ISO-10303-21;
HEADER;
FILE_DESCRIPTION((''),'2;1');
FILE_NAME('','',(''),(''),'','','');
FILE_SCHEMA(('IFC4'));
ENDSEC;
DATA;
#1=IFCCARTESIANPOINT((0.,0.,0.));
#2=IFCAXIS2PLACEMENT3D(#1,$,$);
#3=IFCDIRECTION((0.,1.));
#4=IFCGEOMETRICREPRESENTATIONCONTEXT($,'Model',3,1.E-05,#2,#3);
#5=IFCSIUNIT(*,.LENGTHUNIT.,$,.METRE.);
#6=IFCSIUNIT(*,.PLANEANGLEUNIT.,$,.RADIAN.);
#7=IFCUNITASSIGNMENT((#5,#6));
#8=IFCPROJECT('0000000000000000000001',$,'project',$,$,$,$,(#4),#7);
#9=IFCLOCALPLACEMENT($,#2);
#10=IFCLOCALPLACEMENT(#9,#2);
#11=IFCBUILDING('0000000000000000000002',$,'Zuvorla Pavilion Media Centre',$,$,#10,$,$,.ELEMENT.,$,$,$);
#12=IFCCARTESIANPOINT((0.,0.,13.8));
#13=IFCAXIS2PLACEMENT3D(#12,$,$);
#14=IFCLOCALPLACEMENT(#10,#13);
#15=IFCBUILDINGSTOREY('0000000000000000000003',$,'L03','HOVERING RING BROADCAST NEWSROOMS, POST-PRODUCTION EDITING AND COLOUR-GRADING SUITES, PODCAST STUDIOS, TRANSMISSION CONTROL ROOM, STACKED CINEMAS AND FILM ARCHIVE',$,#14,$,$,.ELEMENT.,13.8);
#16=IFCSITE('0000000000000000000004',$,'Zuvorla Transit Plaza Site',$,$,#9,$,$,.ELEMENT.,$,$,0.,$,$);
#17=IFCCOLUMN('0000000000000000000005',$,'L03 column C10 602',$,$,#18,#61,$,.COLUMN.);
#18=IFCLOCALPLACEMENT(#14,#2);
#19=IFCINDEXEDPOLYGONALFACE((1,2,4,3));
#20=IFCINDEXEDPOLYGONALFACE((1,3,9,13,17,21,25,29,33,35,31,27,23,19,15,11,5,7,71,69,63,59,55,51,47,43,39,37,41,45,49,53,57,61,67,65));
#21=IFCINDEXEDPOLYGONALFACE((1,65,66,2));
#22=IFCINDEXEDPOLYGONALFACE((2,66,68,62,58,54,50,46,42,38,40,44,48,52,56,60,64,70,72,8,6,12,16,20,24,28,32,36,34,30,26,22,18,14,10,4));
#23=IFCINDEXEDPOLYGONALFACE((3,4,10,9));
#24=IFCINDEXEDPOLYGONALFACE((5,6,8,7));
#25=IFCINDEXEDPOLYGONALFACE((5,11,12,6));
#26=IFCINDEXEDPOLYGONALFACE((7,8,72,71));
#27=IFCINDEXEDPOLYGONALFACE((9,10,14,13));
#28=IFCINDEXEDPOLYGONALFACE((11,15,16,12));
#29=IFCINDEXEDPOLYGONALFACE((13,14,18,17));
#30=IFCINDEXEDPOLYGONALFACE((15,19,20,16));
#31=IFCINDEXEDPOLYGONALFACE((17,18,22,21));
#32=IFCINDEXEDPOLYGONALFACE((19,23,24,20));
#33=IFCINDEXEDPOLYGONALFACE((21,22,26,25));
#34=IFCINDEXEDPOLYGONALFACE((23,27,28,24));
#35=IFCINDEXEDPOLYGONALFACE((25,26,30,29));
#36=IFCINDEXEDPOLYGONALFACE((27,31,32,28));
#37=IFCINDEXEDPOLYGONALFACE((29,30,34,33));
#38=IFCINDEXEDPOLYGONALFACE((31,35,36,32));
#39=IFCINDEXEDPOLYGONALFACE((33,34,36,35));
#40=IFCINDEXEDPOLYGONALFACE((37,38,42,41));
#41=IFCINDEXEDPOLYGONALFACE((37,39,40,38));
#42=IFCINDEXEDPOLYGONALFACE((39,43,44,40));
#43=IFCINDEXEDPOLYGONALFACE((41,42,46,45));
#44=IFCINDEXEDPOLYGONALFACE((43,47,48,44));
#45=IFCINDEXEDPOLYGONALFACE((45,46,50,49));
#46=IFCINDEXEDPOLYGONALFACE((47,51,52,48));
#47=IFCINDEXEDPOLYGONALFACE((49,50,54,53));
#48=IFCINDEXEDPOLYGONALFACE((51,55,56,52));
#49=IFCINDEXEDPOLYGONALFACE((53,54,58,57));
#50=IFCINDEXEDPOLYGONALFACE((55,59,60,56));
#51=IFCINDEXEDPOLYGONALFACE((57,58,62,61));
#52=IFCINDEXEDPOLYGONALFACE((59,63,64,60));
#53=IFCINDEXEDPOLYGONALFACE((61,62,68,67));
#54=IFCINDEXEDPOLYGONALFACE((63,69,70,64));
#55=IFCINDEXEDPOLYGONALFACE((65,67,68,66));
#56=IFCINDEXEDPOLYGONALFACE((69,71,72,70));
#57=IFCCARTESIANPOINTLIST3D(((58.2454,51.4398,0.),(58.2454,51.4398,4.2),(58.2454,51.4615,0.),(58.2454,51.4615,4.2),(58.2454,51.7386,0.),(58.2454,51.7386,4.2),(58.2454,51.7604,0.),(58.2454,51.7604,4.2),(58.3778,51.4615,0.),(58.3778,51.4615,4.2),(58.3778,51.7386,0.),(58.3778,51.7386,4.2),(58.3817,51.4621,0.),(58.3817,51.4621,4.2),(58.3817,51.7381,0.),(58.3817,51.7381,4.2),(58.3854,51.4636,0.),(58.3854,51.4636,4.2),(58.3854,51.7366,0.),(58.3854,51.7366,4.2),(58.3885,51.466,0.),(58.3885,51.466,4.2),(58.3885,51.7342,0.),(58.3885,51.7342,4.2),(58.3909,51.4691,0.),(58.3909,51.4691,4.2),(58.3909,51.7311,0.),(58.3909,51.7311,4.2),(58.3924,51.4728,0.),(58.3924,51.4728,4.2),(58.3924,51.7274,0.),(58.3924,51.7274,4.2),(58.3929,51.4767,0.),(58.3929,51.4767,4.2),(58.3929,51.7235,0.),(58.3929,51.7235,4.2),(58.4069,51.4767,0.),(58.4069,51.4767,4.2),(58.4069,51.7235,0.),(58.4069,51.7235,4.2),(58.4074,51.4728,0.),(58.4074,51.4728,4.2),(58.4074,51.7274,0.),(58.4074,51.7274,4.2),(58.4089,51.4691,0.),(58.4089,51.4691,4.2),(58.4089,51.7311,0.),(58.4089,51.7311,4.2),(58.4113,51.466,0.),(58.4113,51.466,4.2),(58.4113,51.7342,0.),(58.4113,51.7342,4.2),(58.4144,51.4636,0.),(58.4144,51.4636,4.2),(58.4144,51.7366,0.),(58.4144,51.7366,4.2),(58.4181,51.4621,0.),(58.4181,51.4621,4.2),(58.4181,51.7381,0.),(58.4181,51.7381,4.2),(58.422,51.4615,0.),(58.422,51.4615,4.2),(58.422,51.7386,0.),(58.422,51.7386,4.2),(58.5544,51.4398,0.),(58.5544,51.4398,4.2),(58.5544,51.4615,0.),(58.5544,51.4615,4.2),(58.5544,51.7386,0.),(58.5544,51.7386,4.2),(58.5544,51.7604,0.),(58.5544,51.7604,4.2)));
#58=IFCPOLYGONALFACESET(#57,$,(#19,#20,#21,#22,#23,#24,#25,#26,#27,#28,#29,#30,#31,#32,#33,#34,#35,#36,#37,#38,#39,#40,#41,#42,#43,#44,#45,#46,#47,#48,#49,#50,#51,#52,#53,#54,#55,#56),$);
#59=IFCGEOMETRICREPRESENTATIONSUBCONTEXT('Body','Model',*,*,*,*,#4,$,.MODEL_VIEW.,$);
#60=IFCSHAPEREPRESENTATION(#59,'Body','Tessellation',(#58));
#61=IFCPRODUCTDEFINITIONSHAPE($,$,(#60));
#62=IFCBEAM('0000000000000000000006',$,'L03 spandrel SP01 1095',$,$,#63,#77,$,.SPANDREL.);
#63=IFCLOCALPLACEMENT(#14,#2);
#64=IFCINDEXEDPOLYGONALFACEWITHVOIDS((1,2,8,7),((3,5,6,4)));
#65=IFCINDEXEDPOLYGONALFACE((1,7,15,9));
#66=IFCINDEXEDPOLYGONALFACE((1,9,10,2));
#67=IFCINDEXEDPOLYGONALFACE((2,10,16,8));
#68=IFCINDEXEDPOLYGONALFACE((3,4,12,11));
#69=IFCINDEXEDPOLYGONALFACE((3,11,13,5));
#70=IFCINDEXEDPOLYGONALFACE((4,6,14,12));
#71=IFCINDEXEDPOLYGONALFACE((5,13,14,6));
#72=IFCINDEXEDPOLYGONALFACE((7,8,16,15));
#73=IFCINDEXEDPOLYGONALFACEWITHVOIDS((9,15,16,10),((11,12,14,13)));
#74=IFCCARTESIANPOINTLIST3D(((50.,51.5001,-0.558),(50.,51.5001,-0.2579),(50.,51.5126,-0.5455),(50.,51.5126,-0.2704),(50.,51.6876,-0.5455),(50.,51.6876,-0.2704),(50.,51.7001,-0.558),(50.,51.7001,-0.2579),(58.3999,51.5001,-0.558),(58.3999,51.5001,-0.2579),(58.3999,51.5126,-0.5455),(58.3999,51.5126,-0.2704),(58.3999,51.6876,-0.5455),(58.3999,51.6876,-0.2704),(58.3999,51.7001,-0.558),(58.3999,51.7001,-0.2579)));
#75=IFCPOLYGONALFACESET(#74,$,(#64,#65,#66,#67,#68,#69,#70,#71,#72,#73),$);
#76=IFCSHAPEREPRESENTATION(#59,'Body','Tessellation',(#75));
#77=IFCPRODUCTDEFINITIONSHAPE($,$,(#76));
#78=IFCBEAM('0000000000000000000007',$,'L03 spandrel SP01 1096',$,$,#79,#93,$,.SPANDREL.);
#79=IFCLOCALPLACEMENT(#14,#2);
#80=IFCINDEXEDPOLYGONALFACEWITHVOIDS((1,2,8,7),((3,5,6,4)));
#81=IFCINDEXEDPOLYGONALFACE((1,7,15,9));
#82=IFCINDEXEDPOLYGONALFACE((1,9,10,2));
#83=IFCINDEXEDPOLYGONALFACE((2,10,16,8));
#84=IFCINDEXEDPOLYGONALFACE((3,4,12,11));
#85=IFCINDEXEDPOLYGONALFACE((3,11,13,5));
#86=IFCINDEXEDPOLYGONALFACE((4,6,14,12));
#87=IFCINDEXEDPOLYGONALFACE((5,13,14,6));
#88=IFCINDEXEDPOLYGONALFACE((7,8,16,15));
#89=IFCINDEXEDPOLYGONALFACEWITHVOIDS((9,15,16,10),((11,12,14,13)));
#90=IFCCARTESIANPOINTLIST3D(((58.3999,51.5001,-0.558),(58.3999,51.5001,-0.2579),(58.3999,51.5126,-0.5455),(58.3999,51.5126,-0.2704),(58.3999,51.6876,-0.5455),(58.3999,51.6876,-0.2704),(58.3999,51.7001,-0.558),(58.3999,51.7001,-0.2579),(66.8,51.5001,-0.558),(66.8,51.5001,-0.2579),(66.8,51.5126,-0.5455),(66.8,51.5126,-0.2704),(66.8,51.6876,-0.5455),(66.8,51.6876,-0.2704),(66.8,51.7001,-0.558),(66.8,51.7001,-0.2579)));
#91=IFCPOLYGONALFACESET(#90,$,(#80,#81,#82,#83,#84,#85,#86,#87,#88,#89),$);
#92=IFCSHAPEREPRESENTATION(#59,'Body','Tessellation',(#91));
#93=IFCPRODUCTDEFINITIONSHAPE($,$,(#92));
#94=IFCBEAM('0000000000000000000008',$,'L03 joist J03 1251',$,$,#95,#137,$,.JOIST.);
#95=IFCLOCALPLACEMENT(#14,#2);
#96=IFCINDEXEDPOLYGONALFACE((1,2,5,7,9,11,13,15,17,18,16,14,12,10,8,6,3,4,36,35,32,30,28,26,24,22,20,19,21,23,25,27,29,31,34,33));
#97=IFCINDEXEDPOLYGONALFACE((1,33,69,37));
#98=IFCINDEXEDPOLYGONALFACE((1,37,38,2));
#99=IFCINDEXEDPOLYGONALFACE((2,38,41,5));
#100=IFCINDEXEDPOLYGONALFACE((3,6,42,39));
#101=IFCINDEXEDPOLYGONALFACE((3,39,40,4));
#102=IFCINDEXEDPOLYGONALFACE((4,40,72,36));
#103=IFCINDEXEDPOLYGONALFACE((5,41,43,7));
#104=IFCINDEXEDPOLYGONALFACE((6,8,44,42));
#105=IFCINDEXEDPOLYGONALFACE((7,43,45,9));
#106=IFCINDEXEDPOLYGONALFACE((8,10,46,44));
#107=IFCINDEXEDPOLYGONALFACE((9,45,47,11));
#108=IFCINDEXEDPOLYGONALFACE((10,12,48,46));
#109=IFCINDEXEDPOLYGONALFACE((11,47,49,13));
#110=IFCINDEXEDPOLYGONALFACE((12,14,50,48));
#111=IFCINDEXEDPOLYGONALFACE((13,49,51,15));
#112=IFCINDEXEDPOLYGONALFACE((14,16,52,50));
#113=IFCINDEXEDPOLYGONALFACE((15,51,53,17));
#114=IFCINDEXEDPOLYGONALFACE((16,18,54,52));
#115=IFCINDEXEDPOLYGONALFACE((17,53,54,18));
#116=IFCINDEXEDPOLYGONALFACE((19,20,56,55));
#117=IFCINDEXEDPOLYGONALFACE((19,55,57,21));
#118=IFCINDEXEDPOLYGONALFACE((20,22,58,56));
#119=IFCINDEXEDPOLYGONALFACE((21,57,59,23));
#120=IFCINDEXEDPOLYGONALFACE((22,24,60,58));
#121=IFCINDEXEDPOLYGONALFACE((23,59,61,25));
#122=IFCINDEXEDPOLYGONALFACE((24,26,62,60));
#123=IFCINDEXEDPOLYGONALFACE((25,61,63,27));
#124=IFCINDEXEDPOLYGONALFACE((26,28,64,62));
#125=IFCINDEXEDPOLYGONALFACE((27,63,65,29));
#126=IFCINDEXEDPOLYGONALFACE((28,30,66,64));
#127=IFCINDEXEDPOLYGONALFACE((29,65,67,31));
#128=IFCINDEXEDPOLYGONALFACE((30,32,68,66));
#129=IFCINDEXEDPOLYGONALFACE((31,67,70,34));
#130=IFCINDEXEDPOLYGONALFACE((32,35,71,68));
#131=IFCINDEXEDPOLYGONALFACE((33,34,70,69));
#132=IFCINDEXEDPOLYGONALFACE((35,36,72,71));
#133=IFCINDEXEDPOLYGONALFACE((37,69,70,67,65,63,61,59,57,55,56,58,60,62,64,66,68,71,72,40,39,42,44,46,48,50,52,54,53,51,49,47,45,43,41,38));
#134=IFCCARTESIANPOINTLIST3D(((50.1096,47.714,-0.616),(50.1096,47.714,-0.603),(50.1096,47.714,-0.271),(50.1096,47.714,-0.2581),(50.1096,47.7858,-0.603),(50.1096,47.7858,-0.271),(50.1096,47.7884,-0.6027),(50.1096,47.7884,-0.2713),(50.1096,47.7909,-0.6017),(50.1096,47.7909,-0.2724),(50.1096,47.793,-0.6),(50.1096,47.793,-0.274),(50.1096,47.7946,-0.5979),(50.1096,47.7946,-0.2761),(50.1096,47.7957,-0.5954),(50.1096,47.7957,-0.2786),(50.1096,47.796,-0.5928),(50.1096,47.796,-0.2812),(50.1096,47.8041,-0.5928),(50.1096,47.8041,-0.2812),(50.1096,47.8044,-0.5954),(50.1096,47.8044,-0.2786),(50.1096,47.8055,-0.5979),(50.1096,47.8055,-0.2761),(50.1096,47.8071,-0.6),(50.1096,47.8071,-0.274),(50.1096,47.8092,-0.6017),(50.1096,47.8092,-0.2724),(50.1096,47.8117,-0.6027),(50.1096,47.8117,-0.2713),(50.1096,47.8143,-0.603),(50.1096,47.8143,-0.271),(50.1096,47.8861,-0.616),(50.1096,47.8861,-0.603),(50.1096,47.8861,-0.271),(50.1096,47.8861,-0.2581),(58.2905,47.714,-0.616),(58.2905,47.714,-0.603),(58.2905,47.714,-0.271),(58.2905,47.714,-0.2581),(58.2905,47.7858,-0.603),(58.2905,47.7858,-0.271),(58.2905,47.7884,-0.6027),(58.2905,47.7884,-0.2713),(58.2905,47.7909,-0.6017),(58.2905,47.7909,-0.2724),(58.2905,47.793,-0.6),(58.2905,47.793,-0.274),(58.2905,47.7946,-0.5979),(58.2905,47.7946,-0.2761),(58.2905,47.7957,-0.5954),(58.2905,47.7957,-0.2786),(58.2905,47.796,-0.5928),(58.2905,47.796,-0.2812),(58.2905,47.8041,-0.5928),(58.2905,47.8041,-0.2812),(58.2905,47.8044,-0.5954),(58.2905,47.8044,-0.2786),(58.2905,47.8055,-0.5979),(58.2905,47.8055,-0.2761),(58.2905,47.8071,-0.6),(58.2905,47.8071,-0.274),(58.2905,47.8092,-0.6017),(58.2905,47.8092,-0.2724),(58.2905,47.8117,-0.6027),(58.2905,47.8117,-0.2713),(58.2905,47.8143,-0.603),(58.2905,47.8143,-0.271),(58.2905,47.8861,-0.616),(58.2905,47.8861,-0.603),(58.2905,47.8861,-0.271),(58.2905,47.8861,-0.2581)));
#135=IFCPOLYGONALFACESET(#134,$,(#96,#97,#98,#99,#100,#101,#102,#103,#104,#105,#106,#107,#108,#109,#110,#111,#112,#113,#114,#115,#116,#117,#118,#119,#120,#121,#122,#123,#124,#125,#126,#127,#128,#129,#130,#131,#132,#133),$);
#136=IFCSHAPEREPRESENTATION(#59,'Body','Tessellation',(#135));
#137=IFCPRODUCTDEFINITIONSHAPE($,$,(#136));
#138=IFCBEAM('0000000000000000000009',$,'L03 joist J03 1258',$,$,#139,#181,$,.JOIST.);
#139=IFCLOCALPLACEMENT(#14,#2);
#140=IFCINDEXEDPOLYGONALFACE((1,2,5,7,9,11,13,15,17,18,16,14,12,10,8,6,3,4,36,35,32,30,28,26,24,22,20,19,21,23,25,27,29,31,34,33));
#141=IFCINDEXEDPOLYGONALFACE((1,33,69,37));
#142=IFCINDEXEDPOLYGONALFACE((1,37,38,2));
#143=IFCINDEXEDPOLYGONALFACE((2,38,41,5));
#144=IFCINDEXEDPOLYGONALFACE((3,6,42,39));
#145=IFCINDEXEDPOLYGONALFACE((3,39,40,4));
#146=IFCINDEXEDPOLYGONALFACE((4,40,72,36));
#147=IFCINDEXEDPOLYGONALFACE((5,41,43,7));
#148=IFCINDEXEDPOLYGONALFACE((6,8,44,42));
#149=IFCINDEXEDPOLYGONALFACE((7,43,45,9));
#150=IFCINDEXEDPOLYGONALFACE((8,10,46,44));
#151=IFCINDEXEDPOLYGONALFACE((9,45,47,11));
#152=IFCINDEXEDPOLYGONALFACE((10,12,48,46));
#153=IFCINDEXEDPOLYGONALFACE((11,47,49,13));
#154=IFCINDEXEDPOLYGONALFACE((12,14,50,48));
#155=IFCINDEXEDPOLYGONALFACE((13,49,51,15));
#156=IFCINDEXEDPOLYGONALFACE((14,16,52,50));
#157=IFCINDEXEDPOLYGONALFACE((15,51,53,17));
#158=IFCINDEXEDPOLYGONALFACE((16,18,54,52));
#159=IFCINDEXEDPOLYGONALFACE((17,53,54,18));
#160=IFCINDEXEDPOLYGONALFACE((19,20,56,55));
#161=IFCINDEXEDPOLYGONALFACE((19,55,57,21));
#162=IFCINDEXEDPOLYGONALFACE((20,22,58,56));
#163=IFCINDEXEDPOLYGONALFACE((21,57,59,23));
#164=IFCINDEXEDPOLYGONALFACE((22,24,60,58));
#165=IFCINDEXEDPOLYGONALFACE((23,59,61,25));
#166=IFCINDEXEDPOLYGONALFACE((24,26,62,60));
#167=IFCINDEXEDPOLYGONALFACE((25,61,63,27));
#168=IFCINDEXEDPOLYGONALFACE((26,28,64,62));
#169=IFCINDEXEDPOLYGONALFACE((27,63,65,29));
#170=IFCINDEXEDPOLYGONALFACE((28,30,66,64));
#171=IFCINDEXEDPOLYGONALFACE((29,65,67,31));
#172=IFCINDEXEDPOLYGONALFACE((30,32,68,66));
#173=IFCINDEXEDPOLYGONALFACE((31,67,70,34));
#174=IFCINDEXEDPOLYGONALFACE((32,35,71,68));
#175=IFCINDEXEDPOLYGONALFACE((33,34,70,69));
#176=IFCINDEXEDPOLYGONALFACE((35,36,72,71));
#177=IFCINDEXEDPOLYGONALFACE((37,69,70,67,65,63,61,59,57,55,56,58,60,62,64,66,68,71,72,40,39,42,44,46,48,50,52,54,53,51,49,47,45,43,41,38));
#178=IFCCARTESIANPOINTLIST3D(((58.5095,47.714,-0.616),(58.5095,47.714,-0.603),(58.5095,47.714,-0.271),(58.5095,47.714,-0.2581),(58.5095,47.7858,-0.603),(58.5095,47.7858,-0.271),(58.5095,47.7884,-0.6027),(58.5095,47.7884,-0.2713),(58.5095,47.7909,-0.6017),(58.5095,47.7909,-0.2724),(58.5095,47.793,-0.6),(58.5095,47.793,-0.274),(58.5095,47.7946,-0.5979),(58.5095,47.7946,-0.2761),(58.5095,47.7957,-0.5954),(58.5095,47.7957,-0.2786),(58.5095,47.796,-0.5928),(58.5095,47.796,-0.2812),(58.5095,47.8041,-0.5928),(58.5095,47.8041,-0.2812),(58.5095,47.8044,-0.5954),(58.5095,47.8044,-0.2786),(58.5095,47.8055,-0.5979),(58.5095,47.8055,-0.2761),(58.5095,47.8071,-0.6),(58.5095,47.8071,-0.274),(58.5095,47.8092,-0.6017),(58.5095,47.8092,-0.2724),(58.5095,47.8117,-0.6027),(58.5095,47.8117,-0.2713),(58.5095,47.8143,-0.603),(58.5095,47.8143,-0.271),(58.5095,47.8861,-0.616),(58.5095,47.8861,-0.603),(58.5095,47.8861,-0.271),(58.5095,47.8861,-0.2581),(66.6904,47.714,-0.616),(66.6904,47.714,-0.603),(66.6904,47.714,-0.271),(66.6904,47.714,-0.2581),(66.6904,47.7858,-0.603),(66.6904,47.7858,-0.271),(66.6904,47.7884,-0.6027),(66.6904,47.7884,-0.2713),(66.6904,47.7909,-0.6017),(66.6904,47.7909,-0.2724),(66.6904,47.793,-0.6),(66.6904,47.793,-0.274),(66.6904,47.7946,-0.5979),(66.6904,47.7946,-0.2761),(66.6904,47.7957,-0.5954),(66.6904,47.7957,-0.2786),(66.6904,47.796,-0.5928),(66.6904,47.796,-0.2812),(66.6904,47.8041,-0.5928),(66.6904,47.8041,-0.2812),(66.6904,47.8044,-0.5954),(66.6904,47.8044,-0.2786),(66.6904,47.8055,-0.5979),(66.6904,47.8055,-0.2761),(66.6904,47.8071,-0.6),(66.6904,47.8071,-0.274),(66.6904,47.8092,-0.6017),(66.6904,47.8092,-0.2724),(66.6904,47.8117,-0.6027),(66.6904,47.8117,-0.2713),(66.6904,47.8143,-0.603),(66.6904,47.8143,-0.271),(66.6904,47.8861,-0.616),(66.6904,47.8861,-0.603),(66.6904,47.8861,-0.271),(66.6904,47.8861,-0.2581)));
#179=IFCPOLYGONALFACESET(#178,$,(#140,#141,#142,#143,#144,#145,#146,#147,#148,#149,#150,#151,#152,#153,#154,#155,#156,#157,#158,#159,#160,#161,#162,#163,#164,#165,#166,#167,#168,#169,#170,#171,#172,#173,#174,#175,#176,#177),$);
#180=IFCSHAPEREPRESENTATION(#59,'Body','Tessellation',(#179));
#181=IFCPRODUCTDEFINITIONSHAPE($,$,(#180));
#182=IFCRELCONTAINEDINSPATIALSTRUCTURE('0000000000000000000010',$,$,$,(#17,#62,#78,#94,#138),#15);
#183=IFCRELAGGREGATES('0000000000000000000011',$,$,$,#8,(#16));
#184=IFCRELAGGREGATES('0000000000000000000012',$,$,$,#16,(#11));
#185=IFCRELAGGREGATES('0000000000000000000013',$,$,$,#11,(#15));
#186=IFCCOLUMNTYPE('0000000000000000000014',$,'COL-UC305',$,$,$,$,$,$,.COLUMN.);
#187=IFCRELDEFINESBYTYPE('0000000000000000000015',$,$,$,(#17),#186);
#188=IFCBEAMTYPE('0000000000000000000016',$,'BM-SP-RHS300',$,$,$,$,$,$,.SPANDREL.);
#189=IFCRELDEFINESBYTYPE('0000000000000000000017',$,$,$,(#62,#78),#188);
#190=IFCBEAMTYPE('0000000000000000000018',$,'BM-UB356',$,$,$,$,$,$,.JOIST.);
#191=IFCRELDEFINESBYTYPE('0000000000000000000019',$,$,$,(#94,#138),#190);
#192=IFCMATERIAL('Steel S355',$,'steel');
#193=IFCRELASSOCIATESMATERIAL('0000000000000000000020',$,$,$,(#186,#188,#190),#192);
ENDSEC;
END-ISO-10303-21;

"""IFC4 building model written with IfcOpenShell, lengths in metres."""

from ifc_helpers import new_model, si_unit, direction, frame, origin, origin_2d, place, context, subcontext, project, spatial, hollow_rectangle, i_section, extrude, material, material_profile, profile_set, type_object, element, save


model = new_model("IFC4")

# Units and contexts
model_context = context("Model", 3, precision=1e-05, world=origin(), true_north=direction((0.0, 1.0)))
body_context = subcontext(model_context, "Body", "Model", "MODEL_VIEW")
ifc_project = project(units=[si_unit("LENGTHUNIT", "METRE"), si_unit("PLANEANGLEUNIT", "RADIAN")], contexts=[model_context])

# Site, building, storey
site_placement = place(None, origin())
site = spatial("IfcSite", under=ifc_project, at=site_placement, Name="Zuvorla Transit Plaza Site", CompositionType="ELEMENT", RefElevation=0.0)
building_placement = place(site_placement, origin())
building = spatial("IfcBuilding", under=site, at=building_placement, Name="Zuvorla Pavilion Media Centre", CompositionType="ELEMENT")
storey_placement = place(building_placement, frame((0.0, 0.0, 13.8)))
storey = spatial("IfcBuildingStorey", under=building, at=storey_placement, Name="L03", Description="HOVERING RING BROADCAST NEWSROOMS, POST-PRODUCTION EDITING AND COLOUR-GRADING SUITES, PODCAST STUDIOS, TRANSMISSION CONTROL ROOM, STACKED CINEMAS AND FILM ARCHIVE", CompositionType="ELEMENT", Elevation=13.8)

# Column
ifc_material_1 = material(Name="Steel S355", Category="steel")
ifc_material_profile_1 = material_profile(ifc_material_1, i_section(OverallWidth=0.3091, OverallDepth=0.3206, WebThickness=0.0139, FlangeThickness=0.0217, FilletRadius=0.0151, at=origin_2d()), Name="UC 305x305x137")
ifc_profile_set_1 = profile_set([ifc_material_profile_1], Name="Steel S355")
column_type = type_object("IfcColumnType", Name="COL-UC305", PredefinedType="COLUMN", material=ifc_profile_set_1)
column_placement = place(storey_placement, frame((58.3999, 51.6001, 0.0), z_axis=(0.0, 0.0, 1.0), x_axis=(1.0, 0.0, 0.0)))
element("IfcColumn", 1, at=column_placement, inside=storey, type_object=column_type, Name="L03 column C10 602", PredefinedType="COLUMN", context=body_context, shape_type="SweptSolid", body=[
    extrude(i_section(OverallWidth=0.3091, OverallDepth=0.3206, WebThickness=0.0139, FlangeThickness=0.0217, FilletRadius=0.0151, at=origin_2d()), origin(), (0.0, 0.0, 1.0), 4.2),
])

# Beams
ifc_material_profile_2 = material_profile(ifc_material_1, hollow_rectangle(XDim=0.2, YDim=0.3, WallThickness=0.0125, at=origin_2d()), Name="RHS 300x200x12.5")
ifc_profile_set_2 = profile_set([ifc_material_profile_2], Name="Steel S355")
beam_type_1 = type_object("IfcBeamType", Name="BM-SP-RHS300", PredefinedType="SPANDREL", material=ifc_profile_set_2)
beam_1_placement = place(storey_placement, frame((50.0, 51.6001, -0.408), z_axis=(1.0, 0.0, 0.0), x_axis=(0.0, 1.0, 0.0)))
element("IfcBeam", 2, at=beam_1_placement, inside=storey, type_object=beam_type_1, Name="L03 spandrel SP01 1095", PredefinedType="SPANDREL", context=body_context, shape_type="SweptSolid", body=[
    extrude(hollow_rectangle(XDim=0.2, YDim=0.3, WallThickness=0.0125, at=origin_2d()), origin(), (0.0, 0.0, 1.0), 8.3999),
])
beam_2_placement = place(storey_placement, frame((58.3999, 51.6001, -0.408), z_axis=(1.0, 0.0, 0.0), x_axis=(0.0, 1.0, 0.0)))
element("IfcBeam", 3, at=beam_2_placement, inside=storey, type_object=beam_type_1, Name="L03 spandrel SP01 1096", PredefinedType="SPANDREL", context=body_context, shape_type="SweptSolid", body=[
    extrude(hollow_rectangle(XDim=0.2, YDim=0.3, WallThickness=0.0125, at=origin_2d()), origin(), (0.0, 0.0, 1.0), 8.4001),
])
ifc_material_profile_3 = material_profile(ifc_material_1, i_section(OverallWidth=0.1721, OverallDepth=0.3579, WebThickness=0.0081, FlangeThickness=0.0129, FilletRadius=0.0103, at=origin_2d()), Name="UB 356x171x57")
ifc_profile_set_3 = profile_set([ifc_material_profile_3], Name="Steel S355")
beam_type_2 = type_object("IfcBeamType", Name="BM-UB356", PredefinedType="JOIST", material=ifc_profile_set_3)
for number, where, z_axis, x_axis, name in (
    (4, (50.1096, 47.8, -0.437), (1.0, 0.0, 0.0), (0.0, 1.0, 0.0), "L03 joist J03 1251"),
    (5, (58.5095, 47.8, -0.437), (1.0, 0.0, 0.0), (0.0, 1.0, 0.0), "L03 joist J03 1258"),
):
    element("IfcBeam", number, at=place(storey_placement, frame(where, z_axis=z_axis, x_axis=x_axis)), inside=storey, type_object=beam_type_2, Name=name, PredefinedType="JOIST", context=body_context, shape_type="SweptSolid", body=[
        extrude(i_section(OverallWidth=0.1721, OverallDepth=0.3579, WebThickness=0.0081, FlangeThickness=0.0129, FilletRadius=0.0103, at=origin_2d()), origin(), (0.0, 0.0, 1.0), 8.1809),
    ])

save(model, "model.ifc")
